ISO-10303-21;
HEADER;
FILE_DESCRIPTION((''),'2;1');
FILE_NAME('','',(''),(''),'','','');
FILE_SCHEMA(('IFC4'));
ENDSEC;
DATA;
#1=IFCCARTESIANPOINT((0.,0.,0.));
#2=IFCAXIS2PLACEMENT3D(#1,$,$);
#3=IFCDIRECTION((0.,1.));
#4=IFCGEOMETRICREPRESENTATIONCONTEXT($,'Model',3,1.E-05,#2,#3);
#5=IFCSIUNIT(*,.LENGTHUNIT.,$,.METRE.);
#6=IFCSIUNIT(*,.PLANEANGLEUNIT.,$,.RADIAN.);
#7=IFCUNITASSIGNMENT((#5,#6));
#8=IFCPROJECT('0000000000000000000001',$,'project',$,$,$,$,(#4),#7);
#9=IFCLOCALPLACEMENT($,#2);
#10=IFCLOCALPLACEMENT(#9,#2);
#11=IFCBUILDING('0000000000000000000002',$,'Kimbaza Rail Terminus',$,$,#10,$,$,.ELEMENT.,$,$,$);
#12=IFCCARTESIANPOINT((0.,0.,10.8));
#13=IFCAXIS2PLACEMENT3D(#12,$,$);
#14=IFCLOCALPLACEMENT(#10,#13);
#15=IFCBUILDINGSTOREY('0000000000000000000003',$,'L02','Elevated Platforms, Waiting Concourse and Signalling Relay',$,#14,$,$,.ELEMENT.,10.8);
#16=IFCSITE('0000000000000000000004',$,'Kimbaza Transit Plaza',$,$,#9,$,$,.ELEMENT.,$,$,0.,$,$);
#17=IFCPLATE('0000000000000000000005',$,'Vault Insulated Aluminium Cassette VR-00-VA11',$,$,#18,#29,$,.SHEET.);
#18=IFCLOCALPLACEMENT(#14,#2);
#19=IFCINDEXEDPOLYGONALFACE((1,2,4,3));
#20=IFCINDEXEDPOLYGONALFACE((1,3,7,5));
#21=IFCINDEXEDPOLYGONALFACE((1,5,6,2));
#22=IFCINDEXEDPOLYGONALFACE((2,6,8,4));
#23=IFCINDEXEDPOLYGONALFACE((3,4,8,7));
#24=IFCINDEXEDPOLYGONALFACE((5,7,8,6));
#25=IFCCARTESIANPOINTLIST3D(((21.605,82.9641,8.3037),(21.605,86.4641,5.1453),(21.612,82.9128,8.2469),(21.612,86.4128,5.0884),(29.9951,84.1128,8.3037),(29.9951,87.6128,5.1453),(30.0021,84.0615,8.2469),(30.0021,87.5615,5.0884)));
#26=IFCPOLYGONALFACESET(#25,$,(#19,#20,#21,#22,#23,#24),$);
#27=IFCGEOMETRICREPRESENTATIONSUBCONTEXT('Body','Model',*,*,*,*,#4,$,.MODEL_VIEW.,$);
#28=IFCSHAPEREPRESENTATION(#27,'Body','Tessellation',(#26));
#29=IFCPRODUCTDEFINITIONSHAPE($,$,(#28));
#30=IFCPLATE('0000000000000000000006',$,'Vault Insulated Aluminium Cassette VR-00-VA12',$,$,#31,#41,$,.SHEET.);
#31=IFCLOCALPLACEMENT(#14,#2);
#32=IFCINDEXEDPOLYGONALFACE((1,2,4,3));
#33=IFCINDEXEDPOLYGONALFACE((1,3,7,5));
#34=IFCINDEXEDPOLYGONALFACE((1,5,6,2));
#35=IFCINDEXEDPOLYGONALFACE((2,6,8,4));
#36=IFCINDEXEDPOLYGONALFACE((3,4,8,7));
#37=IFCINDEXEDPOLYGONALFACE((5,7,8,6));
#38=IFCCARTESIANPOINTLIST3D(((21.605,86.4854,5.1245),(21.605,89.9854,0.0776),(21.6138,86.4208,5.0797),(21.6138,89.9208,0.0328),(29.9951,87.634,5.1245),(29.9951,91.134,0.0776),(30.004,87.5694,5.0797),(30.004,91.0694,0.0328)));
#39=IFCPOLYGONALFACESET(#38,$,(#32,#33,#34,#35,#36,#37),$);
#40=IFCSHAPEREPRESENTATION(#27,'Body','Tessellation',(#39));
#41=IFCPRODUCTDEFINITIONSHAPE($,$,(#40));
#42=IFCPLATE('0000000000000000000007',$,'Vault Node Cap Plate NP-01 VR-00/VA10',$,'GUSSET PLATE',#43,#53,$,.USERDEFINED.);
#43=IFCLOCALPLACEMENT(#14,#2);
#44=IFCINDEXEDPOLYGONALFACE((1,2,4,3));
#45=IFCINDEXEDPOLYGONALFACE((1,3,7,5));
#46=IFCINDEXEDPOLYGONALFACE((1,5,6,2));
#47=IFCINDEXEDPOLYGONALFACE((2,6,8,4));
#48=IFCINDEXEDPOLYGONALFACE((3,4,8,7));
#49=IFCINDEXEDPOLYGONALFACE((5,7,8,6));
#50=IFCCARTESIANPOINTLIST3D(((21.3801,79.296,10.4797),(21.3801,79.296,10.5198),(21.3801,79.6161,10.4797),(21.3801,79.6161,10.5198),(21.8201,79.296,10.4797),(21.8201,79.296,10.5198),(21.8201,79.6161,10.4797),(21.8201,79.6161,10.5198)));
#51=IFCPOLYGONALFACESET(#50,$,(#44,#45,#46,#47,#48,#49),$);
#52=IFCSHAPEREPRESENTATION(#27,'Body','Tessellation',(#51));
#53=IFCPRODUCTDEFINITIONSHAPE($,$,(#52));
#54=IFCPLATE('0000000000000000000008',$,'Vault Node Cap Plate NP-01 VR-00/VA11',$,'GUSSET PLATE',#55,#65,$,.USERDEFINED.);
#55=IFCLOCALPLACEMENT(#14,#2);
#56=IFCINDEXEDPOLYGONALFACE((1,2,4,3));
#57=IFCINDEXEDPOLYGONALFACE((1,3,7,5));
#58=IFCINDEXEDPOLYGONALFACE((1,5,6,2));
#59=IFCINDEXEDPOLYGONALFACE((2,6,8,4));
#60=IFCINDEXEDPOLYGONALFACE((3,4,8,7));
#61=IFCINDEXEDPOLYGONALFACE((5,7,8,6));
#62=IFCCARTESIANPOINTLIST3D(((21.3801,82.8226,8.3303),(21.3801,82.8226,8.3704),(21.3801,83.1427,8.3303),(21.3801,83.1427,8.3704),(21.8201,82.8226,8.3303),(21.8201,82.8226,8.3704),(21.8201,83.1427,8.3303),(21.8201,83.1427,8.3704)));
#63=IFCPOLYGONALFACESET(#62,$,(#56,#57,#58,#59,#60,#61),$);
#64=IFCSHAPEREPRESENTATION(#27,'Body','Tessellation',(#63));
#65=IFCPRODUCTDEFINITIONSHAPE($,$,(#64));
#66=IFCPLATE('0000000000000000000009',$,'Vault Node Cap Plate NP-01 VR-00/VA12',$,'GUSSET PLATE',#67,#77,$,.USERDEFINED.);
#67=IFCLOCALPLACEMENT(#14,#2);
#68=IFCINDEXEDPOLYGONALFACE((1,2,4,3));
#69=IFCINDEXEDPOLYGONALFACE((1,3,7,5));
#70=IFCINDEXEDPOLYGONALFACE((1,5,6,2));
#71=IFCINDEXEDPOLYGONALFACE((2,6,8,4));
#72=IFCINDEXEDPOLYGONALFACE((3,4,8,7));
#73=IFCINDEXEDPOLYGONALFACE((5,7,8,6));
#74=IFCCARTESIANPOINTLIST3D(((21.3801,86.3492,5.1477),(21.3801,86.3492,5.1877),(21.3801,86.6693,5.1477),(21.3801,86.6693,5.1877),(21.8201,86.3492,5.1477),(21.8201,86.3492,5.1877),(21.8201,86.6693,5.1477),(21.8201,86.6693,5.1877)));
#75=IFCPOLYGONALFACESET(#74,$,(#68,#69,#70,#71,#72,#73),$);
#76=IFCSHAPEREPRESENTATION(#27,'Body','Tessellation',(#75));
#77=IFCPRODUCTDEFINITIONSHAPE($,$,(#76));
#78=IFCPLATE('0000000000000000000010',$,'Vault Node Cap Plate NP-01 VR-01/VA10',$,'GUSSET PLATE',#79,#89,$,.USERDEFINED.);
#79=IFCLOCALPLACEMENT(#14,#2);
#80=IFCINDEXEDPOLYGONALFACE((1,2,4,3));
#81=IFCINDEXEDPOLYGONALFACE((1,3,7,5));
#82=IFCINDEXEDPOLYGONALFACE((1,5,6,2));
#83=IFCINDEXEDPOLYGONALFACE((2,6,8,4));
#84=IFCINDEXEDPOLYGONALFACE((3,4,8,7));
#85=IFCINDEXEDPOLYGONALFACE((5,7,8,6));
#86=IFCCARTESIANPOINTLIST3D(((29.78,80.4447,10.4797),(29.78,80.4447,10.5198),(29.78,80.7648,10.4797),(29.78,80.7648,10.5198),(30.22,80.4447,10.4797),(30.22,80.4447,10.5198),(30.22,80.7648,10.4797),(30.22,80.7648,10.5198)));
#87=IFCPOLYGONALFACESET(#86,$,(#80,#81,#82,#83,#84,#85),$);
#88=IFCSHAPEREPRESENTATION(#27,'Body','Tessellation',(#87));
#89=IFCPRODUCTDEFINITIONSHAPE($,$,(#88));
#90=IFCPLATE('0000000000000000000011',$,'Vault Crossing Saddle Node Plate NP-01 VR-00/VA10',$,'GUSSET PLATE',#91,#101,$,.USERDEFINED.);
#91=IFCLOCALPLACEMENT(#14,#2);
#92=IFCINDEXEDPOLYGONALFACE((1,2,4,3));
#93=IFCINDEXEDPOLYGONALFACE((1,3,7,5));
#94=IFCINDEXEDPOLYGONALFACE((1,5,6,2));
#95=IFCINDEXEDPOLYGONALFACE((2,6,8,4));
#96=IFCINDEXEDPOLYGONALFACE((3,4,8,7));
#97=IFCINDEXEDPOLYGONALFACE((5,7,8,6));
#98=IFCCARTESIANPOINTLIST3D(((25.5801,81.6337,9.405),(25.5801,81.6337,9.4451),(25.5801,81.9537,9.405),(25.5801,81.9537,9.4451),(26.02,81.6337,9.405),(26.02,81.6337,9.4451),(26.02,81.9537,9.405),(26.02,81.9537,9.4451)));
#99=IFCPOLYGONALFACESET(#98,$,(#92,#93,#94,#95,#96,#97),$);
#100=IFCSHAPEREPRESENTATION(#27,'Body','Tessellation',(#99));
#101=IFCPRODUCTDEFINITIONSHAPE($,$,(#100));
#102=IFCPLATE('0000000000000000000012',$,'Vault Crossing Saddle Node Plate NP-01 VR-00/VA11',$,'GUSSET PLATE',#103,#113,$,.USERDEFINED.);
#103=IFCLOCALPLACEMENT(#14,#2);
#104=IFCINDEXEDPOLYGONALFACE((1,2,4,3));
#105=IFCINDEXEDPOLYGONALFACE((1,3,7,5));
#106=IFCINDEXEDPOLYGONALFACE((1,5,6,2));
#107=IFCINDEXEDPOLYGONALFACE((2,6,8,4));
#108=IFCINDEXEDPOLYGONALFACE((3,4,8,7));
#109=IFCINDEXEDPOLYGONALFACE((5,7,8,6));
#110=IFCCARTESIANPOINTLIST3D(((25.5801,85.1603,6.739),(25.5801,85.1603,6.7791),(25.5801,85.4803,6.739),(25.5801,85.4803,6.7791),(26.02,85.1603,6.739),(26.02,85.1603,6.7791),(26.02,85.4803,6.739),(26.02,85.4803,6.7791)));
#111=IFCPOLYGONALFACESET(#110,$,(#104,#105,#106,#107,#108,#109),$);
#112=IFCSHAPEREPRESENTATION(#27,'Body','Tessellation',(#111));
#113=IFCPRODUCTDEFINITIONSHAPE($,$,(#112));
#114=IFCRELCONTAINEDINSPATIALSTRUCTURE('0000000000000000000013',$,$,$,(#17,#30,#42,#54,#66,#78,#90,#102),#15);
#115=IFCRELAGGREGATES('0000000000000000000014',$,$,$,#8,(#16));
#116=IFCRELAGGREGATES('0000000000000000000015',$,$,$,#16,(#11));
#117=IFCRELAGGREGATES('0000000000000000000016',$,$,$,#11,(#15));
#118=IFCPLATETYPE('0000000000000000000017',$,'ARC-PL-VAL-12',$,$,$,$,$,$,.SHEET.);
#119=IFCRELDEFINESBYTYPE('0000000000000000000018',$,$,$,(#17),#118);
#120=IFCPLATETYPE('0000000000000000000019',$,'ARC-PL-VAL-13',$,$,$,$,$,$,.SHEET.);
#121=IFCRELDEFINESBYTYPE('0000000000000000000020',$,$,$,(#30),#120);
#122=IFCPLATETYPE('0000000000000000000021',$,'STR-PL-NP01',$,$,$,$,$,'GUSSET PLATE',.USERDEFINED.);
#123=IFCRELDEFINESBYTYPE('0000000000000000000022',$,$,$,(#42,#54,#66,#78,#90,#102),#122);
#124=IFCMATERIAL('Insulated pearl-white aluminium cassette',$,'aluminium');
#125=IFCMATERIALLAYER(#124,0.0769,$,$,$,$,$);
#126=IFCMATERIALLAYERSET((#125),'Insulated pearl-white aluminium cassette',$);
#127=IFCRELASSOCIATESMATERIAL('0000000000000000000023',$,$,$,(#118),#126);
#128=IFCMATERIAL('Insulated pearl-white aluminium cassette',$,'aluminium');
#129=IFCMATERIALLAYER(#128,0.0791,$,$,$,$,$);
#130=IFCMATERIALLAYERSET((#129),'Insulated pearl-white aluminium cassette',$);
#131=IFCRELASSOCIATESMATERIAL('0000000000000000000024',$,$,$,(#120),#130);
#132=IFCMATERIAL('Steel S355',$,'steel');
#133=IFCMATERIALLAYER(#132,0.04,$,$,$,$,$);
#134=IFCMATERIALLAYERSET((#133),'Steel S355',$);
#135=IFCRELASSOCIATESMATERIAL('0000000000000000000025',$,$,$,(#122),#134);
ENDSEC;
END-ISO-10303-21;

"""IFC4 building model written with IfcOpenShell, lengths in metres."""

from ifc_helpers import new_model, si_unit, direction, frame, origin, origin_2d, place, context, subcontext, project, spatial, polyline, rectangle, outline, extrude, material, layer, layer_set, type_object, element, save


model = new_model("IFC4")

# Units and contexts
model_context = context("Model", 3, precision=1e-05, world=origin(), true_north=direction((0.0, 1.0)))
body_context = subcontext(model_context, "Body", "Model", "MODEL_VIEW")
ifc_project = project(units=[si_unit("LENGTHUNIT", "METRE"), si_unit("PLANEANGLEUNIT", "RADIAN")], contexts=[model_context])

# Site, building, storey
site_placement = place(None, origin())
site = spatial("IfcSite", under=ifc_project, at=site_placement, Name="Kimbaza Transit Plaza", CompositionType="ELEMENT", RefElevation=0.0)
building_placement = place(site_placement, origin())
building = spatial("IfcBuilding", under=site, at=building_placement, Name="Kimbaza Rail Terminus", CompositionType="ELEMENT")
storey_placement = place(building_placement, frame((0.0, 0.0, 10.8)))
storey = spatial("IfcBuildingStorey", under=building, at=storey_placement, Name="L02", Description="Elevated Platforms, Waiting Concourse and Signalling Relay", CompositionType="ELEMENT", Elevation=10.8)

# Plates
ifc_material_1 = material(Name="Insulated pearl-white aluminium cassette", Category="aluminium")
ifc_layer_1 = layer(ifc_material_1, 0.0769)
ifc_layer_set_1 = layer_set([ifc_layer_1], Name="Insulated pearl-white aluminium cassette")
plate_type_1 = type_object("IfcPlateType", Name="ARC-PL-VAL-12", PredefinedType="SHEET", material=ifc_layer_set_1)
plate_1_placement = place(storey_placement, frame((21.605, 82.9641, 8.3037), z_axis=(-0.091339, 0.667154, 0.739299), x_axis=(0.990758, 0.135643, 0.0)))
element("IfcPlate", 1, at=plate_1_placement, inside=storey, type_object=plate_type_1, Name="Vault Insulated Aluminium Cassette VR-00-VA11", PredefinedType="SHEET", context=body_context, shape_type="SweptSolid", body=[
    extrude(outline(polyline([(0.0, 0.0), (8.4684, 0.0), (8.9432, 4.6905), (0.4748, 4.6905), (0.0, 0.0)])), origin(), (0.0, 0.0, -1.0), 0.0769),
])
ifc_material_2 = material(Name="Insulated pearl-white aluminium cassette", Category="aluminium")
ifc_layer_2 = layer(ifc_material_2, 0.0791)
ifc_layer_set_2 = layer_set([ifc_layer_2], Name="Insulated pearl-white aluminium cassette")
plate_type_2 = type_object("IfcPlateType", Name="ARC-PL-VAL-13", PredefinedType="SHEET", material=ifc_layer_set_2)
plate_2_placement = place(storey_placement, frame((21.605, 86.4854, 5.1245), z_axis=(-0.111797, 0.816583, 0.566299), x_axis=(0.990758, 0.135643, 0.0)))
element("IfcPlate", 2, at=plate_2_placement, inside=storey, type_object=plate_type_2, Name="Vault Insulated Aluminium Cassette VR-00-VA12", PredefinedType="SHEET", context=body_context, shape_type="SweptSolid", body=[
    extrude(outline(polyline([(0.0, 0.0), (8.4684, 0.0), (8.9432, 6.1234), (0.4748, 6.1234), (0.0, 0.0)])), origin(), (0.0, 0.0, -1.0), 0.0791),
])
ifc_material_3 = material(Name="Steel S355", Category="steel")
ifc_layer_3 = layer(ifc_material_3, 0.04)
ifc_layer_set_3 = layer_set([ifc_layer_3], Name="Steel S355")
plate_type_3 = type_object("IfcPlateType", Name="STR-PL-NP01", ElementType="GUSSET PLATE", PredefinedType="USERDEFINED", material=ifc_layer_set_3)
for number, where, z_axis, x_axis, name in (
    (3, (21.6001, 79.4561, 10.4797), (0.0, 0.0, 1.0), (1.0, 0.0, 0.0), "Vault Node Cap Plate NP-01 VR-00/VA10"),
    (4, (21.6001, 82.9827, 8.3303), (0.0, 0.0, 1.0), (1.0, 0.0, 0.0), "Vault Node Cap Plate NP-01 VR-00/VA11"),
    (5, (21.6001, 86.5093, 5.1477), (0.0, 0.0, 1.0), (1.0, 0.0, 0.0), "Vault Node Cap Plate NP-01 VR-00/VA12"),
    (6, (30.0, 80.6047, 10.4797), (0.0, 0.0, 1.0), (1.0, 0.0, 0.0), "Vault Node Cap Plate NP-01 VR-01/VA10"),
    (7, (25.8, 81.7937, 9.405), (0.0, 0.0, 1.0), (1.0, 0.0, 0.0), "Vault Crossing Saddle Node Plate NP-01 VR-00/VA10"),
    (8, (25.8, 85.3203, 6.739), (0.0, 0.0, 1.0), (1.0, 0.0, 0.0), "Vault Crossing Saddle Node Plate NP-01 VR-00/VA11"),
):
    element("IfcPlate", number, at=place(storey_placement, frame(where, z_axis=z_axis, x_axis=x_axis)), inside=storey, type_object=plate_type_3, Name=name, ObjectType="GUSSET PLATE", PredefinedType="USERDEFINED", context=body_context, shape_type="SweptSolid", body=[
        extrude(rectangle(XDim=0.4399, YDim=0.3201, at=origin_2d()), origin(), (0.0, 0.0, 1.0), 0.04),
    ])

save(model, "model.ifc")
